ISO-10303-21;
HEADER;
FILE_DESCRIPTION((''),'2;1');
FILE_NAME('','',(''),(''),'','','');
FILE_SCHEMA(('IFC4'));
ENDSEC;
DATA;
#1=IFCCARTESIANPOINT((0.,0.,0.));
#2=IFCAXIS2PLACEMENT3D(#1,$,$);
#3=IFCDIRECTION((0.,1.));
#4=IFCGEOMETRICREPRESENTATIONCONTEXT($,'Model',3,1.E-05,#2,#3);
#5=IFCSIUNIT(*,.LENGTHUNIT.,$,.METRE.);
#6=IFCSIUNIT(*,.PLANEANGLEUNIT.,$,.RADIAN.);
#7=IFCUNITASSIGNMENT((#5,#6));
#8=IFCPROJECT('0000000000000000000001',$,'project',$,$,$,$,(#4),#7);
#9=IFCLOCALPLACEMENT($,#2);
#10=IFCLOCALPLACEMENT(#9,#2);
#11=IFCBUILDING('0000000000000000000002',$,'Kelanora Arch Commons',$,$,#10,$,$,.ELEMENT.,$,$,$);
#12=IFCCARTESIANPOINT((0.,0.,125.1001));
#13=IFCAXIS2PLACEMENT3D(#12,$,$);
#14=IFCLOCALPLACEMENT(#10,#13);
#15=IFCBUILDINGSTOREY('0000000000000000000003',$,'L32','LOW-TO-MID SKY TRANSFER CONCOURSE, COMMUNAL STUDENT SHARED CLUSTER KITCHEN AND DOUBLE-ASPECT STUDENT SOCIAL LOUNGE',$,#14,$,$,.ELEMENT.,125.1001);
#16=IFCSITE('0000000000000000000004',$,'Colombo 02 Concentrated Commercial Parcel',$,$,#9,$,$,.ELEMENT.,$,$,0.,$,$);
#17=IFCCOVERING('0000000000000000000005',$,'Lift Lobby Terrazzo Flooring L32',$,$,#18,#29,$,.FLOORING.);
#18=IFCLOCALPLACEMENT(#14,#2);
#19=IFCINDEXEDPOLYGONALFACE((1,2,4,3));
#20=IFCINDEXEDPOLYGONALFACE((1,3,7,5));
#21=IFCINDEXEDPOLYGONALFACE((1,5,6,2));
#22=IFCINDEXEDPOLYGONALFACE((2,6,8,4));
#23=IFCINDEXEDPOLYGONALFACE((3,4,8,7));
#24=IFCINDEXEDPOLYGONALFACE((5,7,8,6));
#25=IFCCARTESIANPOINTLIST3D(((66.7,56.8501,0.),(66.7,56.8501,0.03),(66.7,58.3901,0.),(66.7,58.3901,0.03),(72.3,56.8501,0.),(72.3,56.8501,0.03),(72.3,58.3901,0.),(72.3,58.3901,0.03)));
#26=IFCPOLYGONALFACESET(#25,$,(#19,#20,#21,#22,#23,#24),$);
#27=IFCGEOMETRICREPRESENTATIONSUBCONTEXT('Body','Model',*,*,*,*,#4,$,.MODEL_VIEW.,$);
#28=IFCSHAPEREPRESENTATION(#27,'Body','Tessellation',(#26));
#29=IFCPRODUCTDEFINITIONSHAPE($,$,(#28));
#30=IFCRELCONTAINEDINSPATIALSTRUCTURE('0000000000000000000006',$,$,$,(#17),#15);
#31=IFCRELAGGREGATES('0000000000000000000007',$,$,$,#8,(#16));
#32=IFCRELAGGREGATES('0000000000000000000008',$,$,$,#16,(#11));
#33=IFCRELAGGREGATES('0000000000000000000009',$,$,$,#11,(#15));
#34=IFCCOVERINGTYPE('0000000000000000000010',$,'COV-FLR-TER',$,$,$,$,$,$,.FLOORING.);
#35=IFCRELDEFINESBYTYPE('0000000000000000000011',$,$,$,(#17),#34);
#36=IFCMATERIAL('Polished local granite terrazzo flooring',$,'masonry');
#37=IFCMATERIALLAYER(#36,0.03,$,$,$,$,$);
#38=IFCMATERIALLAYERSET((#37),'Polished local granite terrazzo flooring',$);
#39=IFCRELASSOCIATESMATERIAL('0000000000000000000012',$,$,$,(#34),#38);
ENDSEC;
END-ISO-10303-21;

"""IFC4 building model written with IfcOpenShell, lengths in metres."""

from ifc_helpers import new_model, si_unit, direction, frame, origin, origin_2d, place, context, subcontext, project, spatial, rectangle, extrude, source, transform, mapped, material, layer, layer_set, type_object, element, save


model = new_model("IFC4")

# Units and contexts
model_context = context("Model", 3, precision=1e-05, world=origin(), true_north=direction((0.0, 1.0)))
body_context = subcontext(model_context, "Body", "Model", "MODEL_VIEW")
ifc_project = project(units=[si_unit("LENGTHUNIT", "METRE"), si_unit("PLANEANGLEUNIT", "RADIAN")], contexts=[model_context])

# Site, building, storey
site_placement = place(None, origin())
site = spatial("IfcSite", under=ifc_project, at=site_placement, Name="Colombo 02 Concentrated Commercial Parcel", CompositionType="ELEMENT", RefElevation=0.0)
building_placement = place(site_placement, origin())
building = spatial("IfcBuilding", under=site, at=building_placement, Name="Kelanora Arch Commons", CompositionType="ELEMENT")
storey_placement = place(building_placement, frame((0.0, 0.0, 125.1001)))
storey = spatial("IfcBuildingStorey", under=building, at=storey_placement, Name="L32", Description="LOW-TO-MID SKY TRANSFER CONCOURSE, COMMUNAL STUDENT SHARED CLUSTER KITCHEN AND DOUBLE-ASPECT STUDENT SOCIAL LOUNGE", CompositionType="ELEMENT", Elevation=125.1001)

# Covering
ifc_material_1 = material(Name="Polished local granite terrazzo flooring", Category="masonry")
ifc_layer_1 = layer(ifc_material_1, 0.03)
ifc_layer_set_1 = layer_set([ifc_layer_1], Name="Polished local granite terrazzo flooring")
covering_type = type_object("IfcCoveringType", Name="COV-FLR-TER", PredefinedType="FLOORING", material=ifc_layer_set_1)
shared_shape = source(origin(), body_context, "Body", "SweptSolid", [
    extrude(rectangle(XDim=5.6001, YDim=1.54, at=origin_2d()), origin(), (0.0, 0.0, 1.0), 0.03),
])
covering_placement = place(storey_placement, frame((69.5, 57.6201, 0.0), z_axis=(0.0, 0.0, 1.0), x_axis=(1.0, 0.0, 0.0)))
element("IfcCovering", 1, at=covering_placement, inside=storey, type_object=covering_type, Name="Lift Lobby Terrazzo Flooring L32", PredefinedType="FLOORING", context=body_context, shape_type="MappedRepresentation", body=[
    mapped(shared_shape, transform((0.0, 0.0, 0.0), scale=1.0)),
])

save(model, "model.ifc")
